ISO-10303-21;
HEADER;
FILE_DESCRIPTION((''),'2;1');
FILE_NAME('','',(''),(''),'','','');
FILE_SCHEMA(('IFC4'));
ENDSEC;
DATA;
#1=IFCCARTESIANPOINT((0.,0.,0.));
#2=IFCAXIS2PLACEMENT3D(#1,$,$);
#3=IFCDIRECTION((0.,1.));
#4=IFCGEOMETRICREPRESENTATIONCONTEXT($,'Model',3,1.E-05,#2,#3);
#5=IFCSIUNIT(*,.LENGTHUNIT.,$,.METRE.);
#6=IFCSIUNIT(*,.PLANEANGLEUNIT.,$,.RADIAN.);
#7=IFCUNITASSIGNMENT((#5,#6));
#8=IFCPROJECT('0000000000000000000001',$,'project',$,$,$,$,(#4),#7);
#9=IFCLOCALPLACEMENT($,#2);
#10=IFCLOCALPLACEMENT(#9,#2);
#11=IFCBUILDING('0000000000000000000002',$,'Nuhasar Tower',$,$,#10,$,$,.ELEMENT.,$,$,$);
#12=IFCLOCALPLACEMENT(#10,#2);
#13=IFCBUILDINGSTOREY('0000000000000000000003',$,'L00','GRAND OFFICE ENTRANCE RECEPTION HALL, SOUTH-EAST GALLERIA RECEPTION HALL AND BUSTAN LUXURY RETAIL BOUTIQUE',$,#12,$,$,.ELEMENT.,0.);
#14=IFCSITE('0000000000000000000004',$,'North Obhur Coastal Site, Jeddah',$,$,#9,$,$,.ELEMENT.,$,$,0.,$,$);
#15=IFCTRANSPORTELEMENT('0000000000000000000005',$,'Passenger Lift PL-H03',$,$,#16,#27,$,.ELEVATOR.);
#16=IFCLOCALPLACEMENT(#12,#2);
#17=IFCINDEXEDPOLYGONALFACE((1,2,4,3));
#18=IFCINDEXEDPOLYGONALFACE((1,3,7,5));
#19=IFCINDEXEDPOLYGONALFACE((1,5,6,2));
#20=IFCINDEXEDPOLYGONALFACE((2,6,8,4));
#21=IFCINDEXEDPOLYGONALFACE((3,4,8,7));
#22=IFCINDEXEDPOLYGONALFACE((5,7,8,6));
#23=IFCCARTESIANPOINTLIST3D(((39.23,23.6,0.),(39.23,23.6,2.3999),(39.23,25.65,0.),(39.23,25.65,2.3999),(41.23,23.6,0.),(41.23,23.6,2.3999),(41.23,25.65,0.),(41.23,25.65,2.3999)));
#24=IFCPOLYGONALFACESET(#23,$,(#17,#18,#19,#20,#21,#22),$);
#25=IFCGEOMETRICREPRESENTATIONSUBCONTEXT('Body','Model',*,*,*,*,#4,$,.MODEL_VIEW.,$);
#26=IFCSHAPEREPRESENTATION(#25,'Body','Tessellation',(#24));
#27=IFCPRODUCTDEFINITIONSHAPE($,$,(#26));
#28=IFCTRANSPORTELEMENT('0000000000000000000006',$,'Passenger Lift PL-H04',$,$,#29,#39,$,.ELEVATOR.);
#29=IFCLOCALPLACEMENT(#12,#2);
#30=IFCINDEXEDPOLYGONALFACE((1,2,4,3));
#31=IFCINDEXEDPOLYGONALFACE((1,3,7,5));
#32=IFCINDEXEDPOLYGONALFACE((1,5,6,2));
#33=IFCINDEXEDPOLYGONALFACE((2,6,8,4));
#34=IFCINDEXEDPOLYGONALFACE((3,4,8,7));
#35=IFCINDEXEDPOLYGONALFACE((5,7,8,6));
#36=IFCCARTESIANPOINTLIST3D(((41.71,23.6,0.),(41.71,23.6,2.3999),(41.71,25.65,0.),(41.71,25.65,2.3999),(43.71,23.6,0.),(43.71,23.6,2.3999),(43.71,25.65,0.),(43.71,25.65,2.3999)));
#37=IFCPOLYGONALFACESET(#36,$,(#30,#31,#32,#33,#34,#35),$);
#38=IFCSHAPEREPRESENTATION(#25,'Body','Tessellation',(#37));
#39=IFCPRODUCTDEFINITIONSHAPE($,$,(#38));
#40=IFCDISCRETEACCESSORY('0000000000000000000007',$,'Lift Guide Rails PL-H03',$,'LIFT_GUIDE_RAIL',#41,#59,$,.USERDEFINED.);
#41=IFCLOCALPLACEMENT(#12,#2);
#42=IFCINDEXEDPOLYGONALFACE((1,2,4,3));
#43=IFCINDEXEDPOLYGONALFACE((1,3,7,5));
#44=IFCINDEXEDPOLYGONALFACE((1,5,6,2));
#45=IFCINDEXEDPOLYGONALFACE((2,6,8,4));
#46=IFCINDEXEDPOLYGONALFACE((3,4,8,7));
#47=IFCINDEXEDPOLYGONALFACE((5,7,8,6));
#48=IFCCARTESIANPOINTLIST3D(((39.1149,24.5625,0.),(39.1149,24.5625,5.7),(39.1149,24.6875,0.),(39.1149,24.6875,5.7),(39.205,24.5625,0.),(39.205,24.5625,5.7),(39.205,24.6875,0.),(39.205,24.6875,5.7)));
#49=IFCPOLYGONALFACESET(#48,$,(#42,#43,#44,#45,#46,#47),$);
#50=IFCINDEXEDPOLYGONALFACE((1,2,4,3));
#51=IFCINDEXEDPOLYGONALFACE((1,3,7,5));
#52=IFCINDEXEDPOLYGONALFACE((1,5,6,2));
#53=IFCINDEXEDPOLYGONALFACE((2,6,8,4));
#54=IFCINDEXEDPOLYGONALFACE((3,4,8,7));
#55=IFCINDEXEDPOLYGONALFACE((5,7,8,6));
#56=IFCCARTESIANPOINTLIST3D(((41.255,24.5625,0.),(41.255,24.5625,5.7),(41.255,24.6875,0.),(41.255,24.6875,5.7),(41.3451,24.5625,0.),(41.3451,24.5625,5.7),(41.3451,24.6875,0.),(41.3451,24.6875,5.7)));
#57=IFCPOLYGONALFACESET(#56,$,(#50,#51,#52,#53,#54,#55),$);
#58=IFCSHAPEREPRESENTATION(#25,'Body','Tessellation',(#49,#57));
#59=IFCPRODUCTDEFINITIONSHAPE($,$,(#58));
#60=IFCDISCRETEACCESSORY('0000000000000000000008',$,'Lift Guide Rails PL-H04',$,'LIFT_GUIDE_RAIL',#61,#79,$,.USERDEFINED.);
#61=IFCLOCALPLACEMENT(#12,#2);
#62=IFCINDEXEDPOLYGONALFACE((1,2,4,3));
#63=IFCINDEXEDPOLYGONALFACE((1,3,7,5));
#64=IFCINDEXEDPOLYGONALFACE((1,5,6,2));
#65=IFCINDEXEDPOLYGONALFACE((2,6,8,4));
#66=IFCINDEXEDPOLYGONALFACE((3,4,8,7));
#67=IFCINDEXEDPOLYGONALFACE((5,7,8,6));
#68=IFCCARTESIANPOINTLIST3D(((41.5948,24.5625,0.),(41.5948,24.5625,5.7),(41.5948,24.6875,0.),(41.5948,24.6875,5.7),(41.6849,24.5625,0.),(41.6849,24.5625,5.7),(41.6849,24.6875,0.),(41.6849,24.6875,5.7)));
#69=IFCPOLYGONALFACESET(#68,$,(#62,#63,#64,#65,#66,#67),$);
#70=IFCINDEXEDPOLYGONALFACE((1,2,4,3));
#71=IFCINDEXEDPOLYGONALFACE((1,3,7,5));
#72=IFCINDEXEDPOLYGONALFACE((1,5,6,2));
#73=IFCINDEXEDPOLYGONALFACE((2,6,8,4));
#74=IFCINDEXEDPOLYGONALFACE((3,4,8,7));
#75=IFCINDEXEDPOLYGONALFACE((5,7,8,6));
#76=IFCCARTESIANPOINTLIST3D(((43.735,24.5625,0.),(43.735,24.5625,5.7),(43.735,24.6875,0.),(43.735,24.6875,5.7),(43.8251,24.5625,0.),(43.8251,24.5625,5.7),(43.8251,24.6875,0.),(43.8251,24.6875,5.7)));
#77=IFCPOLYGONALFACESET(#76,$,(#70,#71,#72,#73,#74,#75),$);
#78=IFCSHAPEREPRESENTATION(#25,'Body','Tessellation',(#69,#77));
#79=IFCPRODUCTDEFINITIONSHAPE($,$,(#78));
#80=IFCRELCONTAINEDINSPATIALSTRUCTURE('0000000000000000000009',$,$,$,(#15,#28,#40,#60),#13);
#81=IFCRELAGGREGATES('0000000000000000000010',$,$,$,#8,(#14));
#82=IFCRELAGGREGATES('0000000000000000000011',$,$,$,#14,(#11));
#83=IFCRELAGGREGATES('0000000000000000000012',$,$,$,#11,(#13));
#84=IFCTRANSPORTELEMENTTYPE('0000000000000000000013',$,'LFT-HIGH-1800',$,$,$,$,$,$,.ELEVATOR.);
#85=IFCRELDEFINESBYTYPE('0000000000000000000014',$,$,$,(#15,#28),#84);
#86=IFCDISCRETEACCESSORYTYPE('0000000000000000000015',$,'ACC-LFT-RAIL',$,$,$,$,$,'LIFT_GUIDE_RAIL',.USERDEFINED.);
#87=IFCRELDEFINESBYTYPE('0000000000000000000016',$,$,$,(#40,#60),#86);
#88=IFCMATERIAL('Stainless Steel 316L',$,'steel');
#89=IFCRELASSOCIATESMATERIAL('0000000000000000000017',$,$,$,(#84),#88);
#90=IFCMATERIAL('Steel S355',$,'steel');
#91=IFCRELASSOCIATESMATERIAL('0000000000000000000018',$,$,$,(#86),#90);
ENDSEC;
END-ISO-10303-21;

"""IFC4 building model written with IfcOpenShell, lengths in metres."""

from ifc_helpers import new_model, si_unit, direction, frame, origin, origin_2d, place, context, subcontext, project, spatial, rectangle, extrude, material, type_object, element, save


model = new_model("IFC4")

# Units and contexts
model_context = context("Model", 3, precision=1e-05, world=origin(), true_north=direction((0.0, 1.0)))
body_context = subcontext(model_context, "Body", "Model", "MODEL_VIEW")
ifc_project = project(units=[si_unit("LENGTHUNIT", "METRE"), si_unit("PLANEANGLEUNIT", "RADIAN")], contexts=[model_context])

# Site, building, storey
site_placement = place(None, origin())
site = spatial("IfcSite", under=ifc_project, at=site_placement, Name="North Obhur Coastal Site, Jeddah", CompositionType="ELEMENT", RefElevation=0.0)
building_placement = place(site_placement, origin())
building = spatial("IfcBuilding", under=site, at=building_placement, Name="Nuhasar Tower", CompositionType="ELEMENT")
storey_placement = place(building_placement, origin())
storey = spatial("IfcBuildingStorey", under=building, at=storey_placement, Name="L00", Description="GRAND OFFICE ENTRANCE RECEPTION HALL, SOUTH-EAST GALLERIA RECEPTION HALL AND BUSTAN LUXURY RETAIL BOUTIQUE", CompositionType="ELEMENT", Elevation=0.0)

# Shared definitions
ifc_material_1 = material(Name="Steel S355", Category="steel")

# Transport elements
ifc_material_2 = material(Name="Stainless Steel 316L", Category="steel")
transport_element_type = type_object("IfcTransportElementType", Name="LFT-HIGH-1800", PredefinedType="ELEVATOR", material=ifc_material_2)
for number, where, z_axis, x_axis, name in (
    (1, (40.23, 24.625, 0.0), (0.0, 0.0, 1.0), (1.0, 0.0, 0.0), "Passenger Lift PL-H03"),
    (2, (42.71, 24.625, 0.0), (0.0, 0.0, 1.0), (1.0, 0.0, 0.0), "Passenger Lift PL-H04"),
):
    element("IfcTransportElement", number, at=place(storey_placement, frame(where, z_axis=z_axis, x_axis=x_axis)), inside=storey, type_object=transport_element_type, Name=name, PredefinedType="ELEVATOR", context=body_context, shape_type="SweptSolid", body=[
        extrude(rectangle(XDim=2.0, YDim=2.05, at=origin_2d()), origin(), (0.0, 0.0, 1.0), 2.3999),
    ])

# Discrete accessories
discrete_accessory_type = type_object("IfcDiscreteAccessoryType", Name="ACC-LFT-RAIL", ElementType="LIFT_GUIDE_RAIL", PredefinedType="USERDEFINED", material=ifc_material_1)
for number, where, name in (
    (3, (39.1599, 24.625, 2.8501), "Lift Guide Rails PL-H03"),
    (4, (41.6399, 24.625, 2.8501), "Lift Guide Rails PL-H04"),
):
    element("IfcDiscreteAccessory", number, at=place(storey_placement, frame(where)), inside=storey, type_object=discrete_accessory_type, Name=name, ObjectType="LIFT_GUIDE_RAIL", PredefinedType="USERDEFINED", context=body_context, shape_type="SweptSolid", body=[
        extrude(rectangle(XDim=0.0901, YDim=0.125, at=origin_2d()), frame((0.0, 0.0, -2.8501), z_axis=(0.0, 0.0, 1.0), x_axis=(1.0, 0.0, 0.0)), (0.0, 0.0, 1.0), 5.7),
        extrude(rectangle(XDim=0.0901, YDim=0.125, at=origin_2d()), frame((2.1401, 0.0, -2.8501), z_axis=(0.0, 0.0, 1.0), x_axis=(1.0, 0.0, 0.0)), (0.0, 0.0, 1.0), 5.7),
    ])

save(model, "model.ifc")
